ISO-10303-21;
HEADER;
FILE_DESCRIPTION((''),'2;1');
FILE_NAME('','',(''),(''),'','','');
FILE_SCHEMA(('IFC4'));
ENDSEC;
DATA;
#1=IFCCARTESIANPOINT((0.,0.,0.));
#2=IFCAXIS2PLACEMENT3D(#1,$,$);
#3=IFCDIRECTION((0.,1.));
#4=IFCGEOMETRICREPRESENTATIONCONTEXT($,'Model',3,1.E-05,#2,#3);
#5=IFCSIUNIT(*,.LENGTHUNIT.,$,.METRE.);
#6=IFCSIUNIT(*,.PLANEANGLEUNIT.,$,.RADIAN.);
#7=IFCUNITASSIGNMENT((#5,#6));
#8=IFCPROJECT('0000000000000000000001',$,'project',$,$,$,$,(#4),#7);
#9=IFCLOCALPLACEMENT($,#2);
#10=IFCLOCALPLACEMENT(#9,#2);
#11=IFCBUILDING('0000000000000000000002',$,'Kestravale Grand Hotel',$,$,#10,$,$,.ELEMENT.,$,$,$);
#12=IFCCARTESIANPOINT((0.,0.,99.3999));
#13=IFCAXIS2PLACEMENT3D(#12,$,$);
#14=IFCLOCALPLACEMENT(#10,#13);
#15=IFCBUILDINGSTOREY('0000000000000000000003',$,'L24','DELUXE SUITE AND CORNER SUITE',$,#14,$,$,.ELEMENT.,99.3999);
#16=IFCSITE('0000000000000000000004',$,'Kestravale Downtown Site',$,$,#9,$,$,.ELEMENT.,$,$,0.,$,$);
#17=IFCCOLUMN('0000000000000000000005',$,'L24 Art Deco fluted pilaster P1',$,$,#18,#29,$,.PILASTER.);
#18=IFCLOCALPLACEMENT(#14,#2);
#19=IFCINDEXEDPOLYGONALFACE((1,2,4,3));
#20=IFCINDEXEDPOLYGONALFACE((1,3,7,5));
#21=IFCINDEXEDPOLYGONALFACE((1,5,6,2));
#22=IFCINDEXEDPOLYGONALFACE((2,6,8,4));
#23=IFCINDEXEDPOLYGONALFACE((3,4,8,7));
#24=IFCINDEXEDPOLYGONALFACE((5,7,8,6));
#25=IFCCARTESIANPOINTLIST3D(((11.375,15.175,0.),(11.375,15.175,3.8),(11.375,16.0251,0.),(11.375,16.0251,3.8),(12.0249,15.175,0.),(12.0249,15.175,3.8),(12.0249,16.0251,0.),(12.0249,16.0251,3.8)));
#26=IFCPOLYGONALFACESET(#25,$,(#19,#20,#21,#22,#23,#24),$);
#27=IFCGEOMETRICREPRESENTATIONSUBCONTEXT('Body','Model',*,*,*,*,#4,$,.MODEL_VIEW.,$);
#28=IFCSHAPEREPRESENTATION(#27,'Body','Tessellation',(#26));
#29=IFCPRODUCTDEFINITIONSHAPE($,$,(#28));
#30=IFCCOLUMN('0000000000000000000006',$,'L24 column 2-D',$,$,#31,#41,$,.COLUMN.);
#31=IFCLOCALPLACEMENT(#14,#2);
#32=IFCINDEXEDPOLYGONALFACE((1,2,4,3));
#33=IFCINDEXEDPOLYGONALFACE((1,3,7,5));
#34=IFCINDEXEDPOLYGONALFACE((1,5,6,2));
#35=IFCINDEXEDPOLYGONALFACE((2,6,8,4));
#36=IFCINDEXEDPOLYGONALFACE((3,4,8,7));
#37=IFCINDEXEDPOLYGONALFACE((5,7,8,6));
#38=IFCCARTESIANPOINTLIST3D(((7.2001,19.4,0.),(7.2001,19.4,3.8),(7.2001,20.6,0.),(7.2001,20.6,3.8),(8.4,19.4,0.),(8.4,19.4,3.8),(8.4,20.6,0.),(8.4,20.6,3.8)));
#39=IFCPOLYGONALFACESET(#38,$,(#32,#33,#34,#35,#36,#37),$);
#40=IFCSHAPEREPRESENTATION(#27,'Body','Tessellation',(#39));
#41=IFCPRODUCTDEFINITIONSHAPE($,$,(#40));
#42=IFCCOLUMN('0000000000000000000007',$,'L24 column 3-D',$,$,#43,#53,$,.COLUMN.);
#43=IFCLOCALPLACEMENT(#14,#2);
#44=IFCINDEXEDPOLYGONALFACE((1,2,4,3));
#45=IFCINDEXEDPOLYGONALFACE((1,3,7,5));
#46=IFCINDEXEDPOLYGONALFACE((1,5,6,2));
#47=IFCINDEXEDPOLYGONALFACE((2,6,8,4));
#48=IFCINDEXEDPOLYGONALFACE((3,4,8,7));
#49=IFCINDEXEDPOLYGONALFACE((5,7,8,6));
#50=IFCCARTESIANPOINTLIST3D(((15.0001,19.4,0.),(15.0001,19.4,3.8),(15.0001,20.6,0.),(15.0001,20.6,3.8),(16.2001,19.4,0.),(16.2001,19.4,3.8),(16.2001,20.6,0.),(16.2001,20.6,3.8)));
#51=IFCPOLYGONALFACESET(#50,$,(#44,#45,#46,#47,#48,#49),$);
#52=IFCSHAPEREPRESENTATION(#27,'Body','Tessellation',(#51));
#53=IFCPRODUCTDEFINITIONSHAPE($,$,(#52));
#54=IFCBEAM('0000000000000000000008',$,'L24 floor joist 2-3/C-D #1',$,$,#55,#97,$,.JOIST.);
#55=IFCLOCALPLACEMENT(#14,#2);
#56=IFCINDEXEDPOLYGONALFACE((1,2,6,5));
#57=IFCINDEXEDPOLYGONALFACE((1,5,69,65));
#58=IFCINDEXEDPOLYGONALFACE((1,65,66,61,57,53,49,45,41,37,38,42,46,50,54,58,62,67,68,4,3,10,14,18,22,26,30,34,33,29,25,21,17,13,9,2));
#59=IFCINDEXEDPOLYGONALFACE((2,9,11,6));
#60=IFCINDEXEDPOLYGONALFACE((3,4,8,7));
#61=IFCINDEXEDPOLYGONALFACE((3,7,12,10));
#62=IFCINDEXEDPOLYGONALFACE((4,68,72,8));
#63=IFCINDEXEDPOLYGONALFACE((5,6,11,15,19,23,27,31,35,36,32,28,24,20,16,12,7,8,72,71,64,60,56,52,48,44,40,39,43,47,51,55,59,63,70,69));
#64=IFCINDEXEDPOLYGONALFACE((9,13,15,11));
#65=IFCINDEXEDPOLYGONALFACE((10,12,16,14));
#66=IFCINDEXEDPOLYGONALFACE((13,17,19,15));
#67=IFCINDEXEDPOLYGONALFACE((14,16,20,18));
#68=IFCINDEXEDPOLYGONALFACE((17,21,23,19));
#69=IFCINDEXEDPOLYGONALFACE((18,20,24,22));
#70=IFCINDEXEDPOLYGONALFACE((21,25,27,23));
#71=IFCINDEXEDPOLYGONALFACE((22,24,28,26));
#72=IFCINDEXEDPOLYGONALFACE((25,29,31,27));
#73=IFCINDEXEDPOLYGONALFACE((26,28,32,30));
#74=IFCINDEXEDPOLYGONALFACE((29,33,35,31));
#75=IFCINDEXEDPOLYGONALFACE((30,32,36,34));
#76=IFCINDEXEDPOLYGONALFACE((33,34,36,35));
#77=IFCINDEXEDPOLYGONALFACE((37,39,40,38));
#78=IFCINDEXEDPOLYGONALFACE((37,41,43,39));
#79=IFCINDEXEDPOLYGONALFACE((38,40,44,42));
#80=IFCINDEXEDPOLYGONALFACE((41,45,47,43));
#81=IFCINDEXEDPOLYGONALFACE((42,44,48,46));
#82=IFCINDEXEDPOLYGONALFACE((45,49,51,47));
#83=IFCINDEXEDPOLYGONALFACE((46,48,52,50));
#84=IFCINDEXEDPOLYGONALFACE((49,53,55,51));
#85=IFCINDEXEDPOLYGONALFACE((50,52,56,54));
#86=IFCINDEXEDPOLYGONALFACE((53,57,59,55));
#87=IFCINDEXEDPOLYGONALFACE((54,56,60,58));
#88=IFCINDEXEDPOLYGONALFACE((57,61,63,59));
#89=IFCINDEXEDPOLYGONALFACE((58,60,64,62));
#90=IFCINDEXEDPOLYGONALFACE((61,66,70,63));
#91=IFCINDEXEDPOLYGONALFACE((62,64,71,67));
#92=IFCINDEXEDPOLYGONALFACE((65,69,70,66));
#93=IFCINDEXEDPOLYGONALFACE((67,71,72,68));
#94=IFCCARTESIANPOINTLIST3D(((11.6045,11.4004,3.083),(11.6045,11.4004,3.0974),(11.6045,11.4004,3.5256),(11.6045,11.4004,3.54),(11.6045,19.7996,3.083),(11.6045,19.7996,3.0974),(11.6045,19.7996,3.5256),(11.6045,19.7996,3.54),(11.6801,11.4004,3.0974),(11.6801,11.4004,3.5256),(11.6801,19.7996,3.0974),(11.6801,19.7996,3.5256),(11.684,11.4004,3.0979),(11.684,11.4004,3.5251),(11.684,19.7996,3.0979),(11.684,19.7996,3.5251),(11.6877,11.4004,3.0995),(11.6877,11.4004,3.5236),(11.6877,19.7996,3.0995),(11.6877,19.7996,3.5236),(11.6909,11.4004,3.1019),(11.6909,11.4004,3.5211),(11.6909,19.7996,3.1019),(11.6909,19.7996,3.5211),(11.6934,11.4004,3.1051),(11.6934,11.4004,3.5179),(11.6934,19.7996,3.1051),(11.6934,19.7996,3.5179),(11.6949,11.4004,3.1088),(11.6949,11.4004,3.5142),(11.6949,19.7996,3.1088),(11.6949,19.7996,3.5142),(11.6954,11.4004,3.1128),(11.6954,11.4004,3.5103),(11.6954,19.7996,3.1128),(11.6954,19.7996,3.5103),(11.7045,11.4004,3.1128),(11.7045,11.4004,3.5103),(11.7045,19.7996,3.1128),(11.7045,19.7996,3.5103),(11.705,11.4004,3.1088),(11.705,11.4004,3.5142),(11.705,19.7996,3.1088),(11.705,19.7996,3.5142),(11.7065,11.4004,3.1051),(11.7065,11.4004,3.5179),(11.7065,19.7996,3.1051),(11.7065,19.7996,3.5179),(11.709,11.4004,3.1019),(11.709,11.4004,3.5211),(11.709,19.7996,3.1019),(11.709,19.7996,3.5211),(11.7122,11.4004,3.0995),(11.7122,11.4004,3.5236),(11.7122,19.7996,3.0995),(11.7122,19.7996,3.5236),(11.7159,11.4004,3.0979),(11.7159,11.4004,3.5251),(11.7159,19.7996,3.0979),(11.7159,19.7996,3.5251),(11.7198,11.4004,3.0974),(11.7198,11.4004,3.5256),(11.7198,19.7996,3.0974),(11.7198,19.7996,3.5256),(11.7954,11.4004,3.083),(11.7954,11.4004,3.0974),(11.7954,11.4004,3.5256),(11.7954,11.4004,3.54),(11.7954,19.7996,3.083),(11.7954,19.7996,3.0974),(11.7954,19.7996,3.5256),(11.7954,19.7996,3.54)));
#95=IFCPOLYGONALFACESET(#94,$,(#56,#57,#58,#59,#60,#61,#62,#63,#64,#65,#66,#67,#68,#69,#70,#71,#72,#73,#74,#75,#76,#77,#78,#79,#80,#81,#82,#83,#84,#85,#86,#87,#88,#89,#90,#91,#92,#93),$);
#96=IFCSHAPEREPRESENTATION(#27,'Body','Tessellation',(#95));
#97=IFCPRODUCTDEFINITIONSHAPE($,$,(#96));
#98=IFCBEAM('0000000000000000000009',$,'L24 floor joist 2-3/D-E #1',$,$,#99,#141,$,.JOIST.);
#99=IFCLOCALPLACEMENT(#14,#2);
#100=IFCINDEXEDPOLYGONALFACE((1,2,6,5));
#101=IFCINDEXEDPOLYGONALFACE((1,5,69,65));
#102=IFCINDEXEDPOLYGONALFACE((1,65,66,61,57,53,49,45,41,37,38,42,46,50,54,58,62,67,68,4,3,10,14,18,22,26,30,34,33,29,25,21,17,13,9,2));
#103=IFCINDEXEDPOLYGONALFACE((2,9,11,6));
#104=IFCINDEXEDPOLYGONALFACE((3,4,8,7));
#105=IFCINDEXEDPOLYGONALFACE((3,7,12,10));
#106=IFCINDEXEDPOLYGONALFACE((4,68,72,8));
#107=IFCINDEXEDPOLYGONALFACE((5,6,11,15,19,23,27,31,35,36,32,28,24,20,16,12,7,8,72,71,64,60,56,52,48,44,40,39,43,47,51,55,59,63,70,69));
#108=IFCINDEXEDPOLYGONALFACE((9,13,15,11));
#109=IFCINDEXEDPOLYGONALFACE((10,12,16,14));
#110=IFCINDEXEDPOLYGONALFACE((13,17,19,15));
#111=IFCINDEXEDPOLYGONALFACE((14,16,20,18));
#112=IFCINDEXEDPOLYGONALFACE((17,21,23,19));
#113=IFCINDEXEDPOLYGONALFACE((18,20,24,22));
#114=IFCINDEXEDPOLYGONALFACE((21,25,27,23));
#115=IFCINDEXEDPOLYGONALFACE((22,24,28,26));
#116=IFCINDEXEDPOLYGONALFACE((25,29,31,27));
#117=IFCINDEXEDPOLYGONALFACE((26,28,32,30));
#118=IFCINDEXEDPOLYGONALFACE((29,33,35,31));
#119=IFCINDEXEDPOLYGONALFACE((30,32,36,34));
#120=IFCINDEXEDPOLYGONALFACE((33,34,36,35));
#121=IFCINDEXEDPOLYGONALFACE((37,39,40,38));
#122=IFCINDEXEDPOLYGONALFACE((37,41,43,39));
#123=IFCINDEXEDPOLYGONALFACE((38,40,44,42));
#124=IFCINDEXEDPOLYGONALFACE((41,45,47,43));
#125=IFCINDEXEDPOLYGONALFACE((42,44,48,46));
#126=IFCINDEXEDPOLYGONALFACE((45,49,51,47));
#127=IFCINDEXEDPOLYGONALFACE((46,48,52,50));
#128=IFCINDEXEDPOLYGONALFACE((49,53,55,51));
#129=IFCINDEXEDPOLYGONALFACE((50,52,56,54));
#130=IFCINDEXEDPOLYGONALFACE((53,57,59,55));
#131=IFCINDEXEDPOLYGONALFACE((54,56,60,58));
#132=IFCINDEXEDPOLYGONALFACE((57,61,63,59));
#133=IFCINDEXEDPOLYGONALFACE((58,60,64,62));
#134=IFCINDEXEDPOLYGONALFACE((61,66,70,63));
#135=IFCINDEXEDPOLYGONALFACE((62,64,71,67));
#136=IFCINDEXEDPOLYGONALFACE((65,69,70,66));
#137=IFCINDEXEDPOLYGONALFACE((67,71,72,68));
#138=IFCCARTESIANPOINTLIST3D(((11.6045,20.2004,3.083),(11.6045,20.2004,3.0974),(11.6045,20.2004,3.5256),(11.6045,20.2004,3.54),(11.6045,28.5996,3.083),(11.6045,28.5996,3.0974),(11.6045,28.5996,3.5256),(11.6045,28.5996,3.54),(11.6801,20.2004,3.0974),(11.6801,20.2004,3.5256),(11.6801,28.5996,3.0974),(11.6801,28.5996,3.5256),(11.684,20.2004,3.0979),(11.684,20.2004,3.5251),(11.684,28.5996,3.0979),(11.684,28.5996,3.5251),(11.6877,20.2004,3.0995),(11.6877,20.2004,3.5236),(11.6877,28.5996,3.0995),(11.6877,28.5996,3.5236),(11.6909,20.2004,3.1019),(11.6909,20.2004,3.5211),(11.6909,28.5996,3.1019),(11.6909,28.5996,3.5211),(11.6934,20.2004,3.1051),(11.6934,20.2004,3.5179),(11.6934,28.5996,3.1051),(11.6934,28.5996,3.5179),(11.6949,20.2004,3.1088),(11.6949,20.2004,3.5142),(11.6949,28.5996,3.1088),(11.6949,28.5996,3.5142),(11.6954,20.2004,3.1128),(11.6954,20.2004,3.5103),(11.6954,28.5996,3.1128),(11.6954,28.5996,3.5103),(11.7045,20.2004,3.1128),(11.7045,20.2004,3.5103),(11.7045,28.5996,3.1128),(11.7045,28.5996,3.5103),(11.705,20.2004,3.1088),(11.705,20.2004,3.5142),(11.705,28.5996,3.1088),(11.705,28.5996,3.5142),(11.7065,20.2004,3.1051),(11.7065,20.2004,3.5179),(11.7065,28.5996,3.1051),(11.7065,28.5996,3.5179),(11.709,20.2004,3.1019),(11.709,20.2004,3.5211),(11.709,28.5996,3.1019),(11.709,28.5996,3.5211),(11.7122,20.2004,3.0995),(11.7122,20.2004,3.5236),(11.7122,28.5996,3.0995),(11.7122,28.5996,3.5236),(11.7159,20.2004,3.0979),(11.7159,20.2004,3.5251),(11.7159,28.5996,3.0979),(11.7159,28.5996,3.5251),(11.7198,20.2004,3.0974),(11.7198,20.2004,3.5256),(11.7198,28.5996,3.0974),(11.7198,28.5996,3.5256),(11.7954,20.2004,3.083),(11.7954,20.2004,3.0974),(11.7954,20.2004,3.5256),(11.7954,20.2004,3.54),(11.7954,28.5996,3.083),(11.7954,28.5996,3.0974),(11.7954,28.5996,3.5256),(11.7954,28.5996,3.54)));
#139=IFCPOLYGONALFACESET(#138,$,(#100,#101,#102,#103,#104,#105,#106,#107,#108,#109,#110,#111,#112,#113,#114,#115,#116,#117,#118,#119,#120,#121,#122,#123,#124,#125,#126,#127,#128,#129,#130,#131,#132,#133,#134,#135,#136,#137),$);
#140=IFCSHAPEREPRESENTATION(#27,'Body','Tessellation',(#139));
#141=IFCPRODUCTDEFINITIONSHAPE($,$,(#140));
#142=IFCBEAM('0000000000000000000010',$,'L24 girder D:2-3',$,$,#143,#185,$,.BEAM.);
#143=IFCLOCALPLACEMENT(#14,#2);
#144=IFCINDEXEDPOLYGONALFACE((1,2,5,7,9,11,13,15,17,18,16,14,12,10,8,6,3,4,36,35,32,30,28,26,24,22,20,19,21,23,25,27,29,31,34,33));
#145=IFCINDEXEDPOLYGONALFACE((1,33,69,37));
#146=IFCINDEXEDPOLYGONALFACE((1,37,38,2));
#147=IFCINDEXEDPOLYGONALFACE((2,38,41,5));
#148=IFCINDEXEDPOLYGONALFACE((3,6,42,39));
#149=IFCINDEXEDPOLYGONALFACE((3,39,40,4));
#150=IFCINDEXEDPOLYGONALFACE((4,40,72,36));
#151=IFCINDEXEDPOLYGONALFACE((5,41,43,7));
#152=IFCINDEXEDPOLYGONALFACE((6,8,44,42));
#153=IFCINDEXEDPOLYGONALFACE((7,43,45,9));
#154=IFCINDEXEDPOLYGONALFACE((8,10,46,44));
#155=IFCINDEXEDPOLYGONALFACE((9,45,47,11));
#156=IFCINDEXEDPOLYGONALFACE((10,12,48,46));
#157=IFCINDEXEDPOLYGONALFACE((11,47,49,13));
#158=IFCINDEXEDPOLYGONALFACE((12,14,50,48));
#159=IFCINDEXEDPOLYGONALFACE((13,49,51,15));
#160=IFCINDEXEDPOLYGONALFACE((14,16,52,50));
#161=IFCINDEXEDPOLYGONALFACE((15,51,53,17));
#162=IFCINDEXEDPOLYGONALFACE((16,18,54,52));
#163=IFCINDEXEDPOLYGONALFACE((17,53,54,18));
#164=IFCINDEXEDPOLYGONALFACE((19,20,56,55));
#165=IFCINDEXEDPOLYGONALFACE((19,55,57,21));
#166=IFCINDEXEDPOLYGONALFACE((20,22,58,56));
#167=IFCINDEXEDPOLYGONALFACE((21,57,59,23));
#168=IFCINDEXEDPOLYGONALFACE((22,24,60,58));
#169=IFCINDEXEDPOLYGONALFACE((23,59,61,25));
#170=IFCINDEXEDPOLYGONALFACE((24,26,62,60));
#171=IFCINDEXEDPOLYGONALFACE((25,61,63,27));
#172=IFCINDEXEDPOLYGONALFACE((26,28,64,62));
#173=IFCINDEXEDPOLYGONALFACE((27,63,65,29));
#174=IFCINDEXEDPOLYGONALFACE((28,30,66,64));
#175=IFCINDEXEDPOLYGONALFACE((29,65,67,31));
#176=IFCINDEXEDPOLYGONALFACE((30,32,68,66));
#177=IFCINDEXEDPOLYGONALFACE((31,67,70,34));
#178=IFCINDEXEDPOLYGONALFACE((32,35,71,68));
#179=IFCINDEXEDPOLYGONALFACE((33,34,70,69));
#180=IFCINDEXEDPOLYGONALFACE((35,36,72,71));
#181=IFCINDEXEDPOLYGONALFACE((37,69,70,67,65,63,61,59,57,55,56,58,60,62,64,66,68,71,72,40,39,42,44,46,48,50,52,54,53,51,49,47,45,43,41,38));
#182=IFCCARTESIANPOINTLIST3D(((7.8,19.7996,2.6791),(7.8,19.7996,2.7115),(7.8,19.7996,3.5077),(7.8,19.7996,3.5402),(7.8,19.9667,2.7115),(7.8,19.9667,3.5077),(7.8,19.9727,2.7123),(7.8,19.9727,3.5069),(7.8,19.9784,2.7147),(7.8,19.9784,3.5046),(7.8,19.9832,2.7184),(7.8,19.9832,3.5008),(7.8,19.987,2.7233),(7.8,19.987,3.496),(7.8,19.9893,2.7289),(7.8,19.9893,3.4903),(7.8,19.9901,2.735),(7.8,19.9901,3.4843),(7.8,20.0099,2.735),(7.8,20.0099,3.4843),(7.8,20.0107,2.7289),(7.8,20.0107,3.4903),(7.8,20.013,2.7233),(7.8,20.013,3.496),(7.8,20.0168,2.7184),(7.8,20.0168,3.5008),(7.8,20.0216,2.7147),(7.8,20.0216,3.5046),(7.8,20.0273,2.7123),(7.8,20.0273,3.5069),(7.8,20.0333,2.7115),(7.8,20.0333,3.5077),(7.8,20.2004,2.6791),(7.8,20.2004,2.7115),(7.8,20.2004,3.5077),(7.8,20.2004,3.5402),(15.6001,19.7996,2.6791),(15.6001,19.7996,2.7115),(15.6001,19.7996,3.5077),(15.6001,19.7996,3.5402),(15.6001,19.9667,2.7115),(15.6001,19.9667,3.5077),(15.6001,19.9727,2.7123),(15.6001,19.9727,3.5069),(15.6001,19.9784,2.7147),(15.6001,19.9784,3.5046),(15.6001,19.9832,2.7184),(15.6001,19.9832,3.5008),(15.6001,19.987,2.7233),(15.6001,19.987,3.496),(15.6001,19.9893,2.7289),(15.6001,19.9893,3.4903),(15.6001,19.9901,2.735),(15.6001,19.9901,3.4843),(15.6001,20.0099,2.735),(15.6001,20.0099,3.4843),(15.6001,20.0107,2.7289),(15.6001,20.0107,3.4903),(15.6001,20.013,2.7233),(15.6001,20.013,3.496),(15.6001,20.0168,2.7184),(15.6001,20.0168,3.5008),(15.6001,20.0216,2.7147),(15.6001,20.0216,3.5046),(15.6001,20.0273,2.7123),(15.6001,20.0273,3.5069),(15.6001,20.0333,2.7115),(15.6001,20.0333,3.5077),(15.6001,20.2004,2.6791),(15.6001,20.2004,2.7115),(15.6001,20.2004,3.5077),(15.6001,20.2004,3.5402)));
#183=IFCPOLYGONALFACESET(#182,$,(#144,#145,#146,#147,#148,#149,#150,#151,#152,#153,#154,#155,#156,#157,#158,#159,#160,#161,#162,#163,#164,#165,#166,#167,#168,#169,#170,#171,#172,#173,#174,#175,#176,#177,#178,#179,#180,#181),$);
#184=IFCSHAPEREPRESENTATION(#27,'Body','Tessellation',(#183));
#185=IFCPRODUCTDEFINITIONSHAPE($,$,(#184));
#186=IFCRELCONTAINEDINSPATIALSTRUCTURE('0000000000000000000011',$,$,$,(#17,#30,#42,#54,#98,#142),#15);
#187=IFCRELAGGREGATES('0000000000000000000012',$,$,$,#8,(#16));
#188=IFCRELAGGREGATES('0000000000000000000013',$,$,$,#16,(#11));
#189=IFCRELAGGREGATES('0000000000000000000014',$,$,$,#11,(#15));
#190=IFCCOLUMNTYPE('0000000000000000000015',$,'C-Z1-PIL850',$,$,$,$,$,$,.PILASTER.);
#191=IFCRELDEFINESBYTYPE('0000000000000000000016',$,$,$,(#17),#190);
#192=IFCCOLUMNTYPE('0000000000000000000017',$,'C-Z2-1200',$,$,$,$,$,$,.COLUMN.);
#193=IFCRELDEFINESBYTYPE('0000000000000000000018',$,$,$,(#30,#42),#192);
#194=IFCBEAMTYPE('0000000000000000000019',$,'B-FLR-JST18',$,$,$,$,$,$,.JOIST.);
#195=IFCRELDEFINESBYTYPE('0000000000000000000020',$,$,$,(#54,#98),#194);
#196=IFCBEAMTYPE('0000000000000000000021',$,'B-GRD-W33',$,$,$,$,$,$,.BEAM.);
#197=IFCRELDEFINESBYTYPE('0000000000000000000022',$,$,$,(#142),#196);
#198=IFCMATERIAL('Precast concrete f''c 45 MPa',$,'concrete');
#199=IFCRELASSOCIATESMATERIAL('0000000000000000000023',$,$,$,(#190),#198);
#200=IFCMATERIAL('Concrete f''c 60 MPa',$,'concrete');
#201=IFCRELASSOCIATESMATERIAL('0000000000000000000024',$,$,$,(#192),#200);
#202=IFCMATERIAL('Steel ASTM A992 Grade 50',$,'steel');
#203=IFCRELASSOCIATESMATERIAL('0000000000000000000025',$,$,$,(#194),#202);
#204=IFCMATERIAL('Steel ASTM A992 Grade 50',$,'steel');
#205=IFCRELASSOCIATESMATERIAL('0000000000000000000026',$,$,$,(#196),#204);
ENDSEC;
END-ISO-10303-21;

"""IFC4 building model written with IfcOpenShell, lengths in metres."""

from ifc_helpers import new_model, si_unit, direction, frame, origin, origin_2d, place, context, subcontext, project, spatial, rectangle, i_section, extrude, material, material_profile, profile_set, type_object, element, save


model = new_model("IFC4")

# Units and contexts
model_context = context("Model", 3, precision=1e-05, world=origin(), true_north=direction((0.0, 1.0)))
body_context = subcontext(model_context, "Body", "Model", "MODEL_VIEW")
ifc_project = project(units=[si_unit("LENGTHUNIT", "METRE"), si_unit("PLANEANGLEUNIT", "RADIAN")], contexts=[model_context])

# Site, building, storey
site_placement = place(None, origin())
site = spatial("IfcSite", under=ifc_project, at=site_placement, Name="Kestravale Downtown Site", CompositionType="ELEMENT", RefElevation=0.0)
building_placement = place(site_placement, origin())
building = spatial("IfcBuilding", under=site, at=building_placement, Name="Kestravale Grand Hotel", CompositionType="ELEMENT")
storey_placement = place(building_placement, frame((0.0, 0.0, 99.3999)))
storey = spatial("IfcBuildingStorey", under=building, at=storey_placement, Name="L24", Description="DELUXE SUITE AND CORNER SUITE", CompositionType="ELEMENT", Elevation=99.3999)

# Columns
ifc_material_1 = material(Name="Precast concrete f'c 45 MPa", Category="concrete")
ifc_material_profile_1 = material_profile(ifc_material_1, rectangle(XDim=0.6499, YDim=0.8501, at=origin_2d()))
ifc_profile_set_1 = profile_set([ifc_material_profile_1], Name="Precast concrete f'c 45 MPa")
column_type_1 = type_object("IfcColumnType", Name="C-Z1-PIL850", PredefinedType="PILASTER", material=ifc_profile_set_1)
column_placement = place(storey_placement, frame((11.7, 15.6001, 0.0), z_axis=(0.0, 0.0, 1.0), x_axis=(1.0, 0.0, 0.0)))
element("IfcColumn", 1, at=column_placement, inside=storey, type_object=column_type_1, Name="L24 Art Deco fluted pilaster P1", PredefinedType="PILASTER", context=body_context, shape_type="SweptSolid", body=[
    extrude(rectangle(XDim=0.6499, YDim=0.8501, at=origin_2d()), origin(), (0.0, 0.0, 1.0), 3.8),
])
ifc_material_2 = material(Name="Concrete f'c 60 MPa", Category="concrete")
ifc_material_profile_2 = material_profile(ifc_material_2, rectangle(XDim=1.2, YDim=1.2, at=origin_2d()))
ifc_profile_set_2 = profile_set([ifc_material_profile_2], Name="Concrete f'c 60 MPa")
column_type_2 = type_object("IfcColumnType", Name="C-Z2-1200", PredefinedType="COLUMN", material=ifc_profile_set_2)
for number, where, z_axis, x_axis, name in (
    (2, (7.8, 20.0, 0.0), (0.0, 0.0, 1.0), (1.0, 0.0, 0.0), "L24 column 2-D"),
    (3, (15.6001, 20.0, 0.0), (0.0, 0.0, 1.0), (1.0, 0.0, 0.0), "L24 column 3-D"),
):
    element("IfcColumn", number, at=place(storey_placement, frame(where, z_axis=z_axis, x_axis=x_axis)), inside=storey, type_object=column_type_2, Name=name, PredefinedType="COLUMN", context=body_context, shape_type="SweptSolid", body=[
        extrude(rectangle(XDim=1.2, YDim=1.2, at=origin_2d()), origin(), (0.0, 0.0, 1.0), 3.8),
    ])

# Beams
ifc_material_3 = material(Name="Steel ASTM A992 Grade 50", Category="steel")
ifc_material_profile_3 = material_profile(ifc_material_3, i_section(OverallWidth=0.1909, OverallDepth=0.457, WebThickness=0.009, FlangeThickness=0.0144, FilletRadius=0.0154, at=origin_2d()))
ifc_profile_set_3 = profile_set([ifc_material_profile_3], Name="Steel ASTM A992 Grade 50")
beam_type_1 = type_object("IfcBeamType", Name="B-FLR-JST18", PredefinedType="JOIST", material=ifc_profile_set_3)
for number, where, z_axis, x_axis, name in (
    (4, (11.7, 11.4004, 3.3115), (0.0, 1.0, 0.0), (-1.0, 0.0, 0.0), "L24 floor joist 2-3/C-D #1"),
    (5, (11.7, 20.2004, 3.3115), (0.0, 1.0, 0.0), (-1.0, 0.0, 0.0), "L24 floor joist 2-3/D-E #1"),
):
    element("IfcBeam", number, at=place(storey_placement, frame(where, z_axis=z_axis, x_axis=x_axis)), inside=storey, type_object=beam_type_1, Name=name, PredefinedType="JOIST", context=body_context, shape_type="SweptSolid", body=[
        extrude(i_section(OverallWidth=0.1909, OverallDepth=0.457, WebThickness=0.009, FlangeThickness=0.0144, FilletRadius=0.0154, at=origin_2d()), origin(), (0.0, 0.0, 1.0), 8.3992),
    ])
ifc_material_4 = material(Name="Steel ASTM A992 Grade 50", Category="steel")
ifc_material_profile_4 = material_profile(ifc_material_4, i_section(OverallWidth=0.4009, OverallDepth=0.8611, WebThickness=0.0198, FlangeThickness=0.0325, FilletRadius=0.0234, at=origin_2d()))
ifc_profile_set_4 = profile_set([ifc_material_profile_4], Name="Steel ASTM A992 Grade 50")
beam_type_2 = type_object("IfcBeamType", Name="B-GRD-W33", PredefinedType="BEAM", material=ifc_profile_set_4)
beam_1_placement = place(storey_placement, frame((7.8, 20.0, 3.1096), z_axis=(1.0, 0.0, 0.0), x_axis=(0.0, 1.0, 0.0)))
element("IfcBeam", 6, at=beam_1_placement, inside=storey, type_object=beam_type_2, Name="L24 girder D:2-3", PredefinedType="BEAM", context=body_context, shape_type="SweptSolid", body=[
    extrude(i_section(OverallWidth=0.4009, OverallDepth=0.8611, WebThickness=0.0198, FlangeThickness=0.0325, FilletRadius=0.0234, at=origin_2d()), origin(), (0.0, 0.0, 1.0), 7.8),
])

save(model, "model.ifc")
